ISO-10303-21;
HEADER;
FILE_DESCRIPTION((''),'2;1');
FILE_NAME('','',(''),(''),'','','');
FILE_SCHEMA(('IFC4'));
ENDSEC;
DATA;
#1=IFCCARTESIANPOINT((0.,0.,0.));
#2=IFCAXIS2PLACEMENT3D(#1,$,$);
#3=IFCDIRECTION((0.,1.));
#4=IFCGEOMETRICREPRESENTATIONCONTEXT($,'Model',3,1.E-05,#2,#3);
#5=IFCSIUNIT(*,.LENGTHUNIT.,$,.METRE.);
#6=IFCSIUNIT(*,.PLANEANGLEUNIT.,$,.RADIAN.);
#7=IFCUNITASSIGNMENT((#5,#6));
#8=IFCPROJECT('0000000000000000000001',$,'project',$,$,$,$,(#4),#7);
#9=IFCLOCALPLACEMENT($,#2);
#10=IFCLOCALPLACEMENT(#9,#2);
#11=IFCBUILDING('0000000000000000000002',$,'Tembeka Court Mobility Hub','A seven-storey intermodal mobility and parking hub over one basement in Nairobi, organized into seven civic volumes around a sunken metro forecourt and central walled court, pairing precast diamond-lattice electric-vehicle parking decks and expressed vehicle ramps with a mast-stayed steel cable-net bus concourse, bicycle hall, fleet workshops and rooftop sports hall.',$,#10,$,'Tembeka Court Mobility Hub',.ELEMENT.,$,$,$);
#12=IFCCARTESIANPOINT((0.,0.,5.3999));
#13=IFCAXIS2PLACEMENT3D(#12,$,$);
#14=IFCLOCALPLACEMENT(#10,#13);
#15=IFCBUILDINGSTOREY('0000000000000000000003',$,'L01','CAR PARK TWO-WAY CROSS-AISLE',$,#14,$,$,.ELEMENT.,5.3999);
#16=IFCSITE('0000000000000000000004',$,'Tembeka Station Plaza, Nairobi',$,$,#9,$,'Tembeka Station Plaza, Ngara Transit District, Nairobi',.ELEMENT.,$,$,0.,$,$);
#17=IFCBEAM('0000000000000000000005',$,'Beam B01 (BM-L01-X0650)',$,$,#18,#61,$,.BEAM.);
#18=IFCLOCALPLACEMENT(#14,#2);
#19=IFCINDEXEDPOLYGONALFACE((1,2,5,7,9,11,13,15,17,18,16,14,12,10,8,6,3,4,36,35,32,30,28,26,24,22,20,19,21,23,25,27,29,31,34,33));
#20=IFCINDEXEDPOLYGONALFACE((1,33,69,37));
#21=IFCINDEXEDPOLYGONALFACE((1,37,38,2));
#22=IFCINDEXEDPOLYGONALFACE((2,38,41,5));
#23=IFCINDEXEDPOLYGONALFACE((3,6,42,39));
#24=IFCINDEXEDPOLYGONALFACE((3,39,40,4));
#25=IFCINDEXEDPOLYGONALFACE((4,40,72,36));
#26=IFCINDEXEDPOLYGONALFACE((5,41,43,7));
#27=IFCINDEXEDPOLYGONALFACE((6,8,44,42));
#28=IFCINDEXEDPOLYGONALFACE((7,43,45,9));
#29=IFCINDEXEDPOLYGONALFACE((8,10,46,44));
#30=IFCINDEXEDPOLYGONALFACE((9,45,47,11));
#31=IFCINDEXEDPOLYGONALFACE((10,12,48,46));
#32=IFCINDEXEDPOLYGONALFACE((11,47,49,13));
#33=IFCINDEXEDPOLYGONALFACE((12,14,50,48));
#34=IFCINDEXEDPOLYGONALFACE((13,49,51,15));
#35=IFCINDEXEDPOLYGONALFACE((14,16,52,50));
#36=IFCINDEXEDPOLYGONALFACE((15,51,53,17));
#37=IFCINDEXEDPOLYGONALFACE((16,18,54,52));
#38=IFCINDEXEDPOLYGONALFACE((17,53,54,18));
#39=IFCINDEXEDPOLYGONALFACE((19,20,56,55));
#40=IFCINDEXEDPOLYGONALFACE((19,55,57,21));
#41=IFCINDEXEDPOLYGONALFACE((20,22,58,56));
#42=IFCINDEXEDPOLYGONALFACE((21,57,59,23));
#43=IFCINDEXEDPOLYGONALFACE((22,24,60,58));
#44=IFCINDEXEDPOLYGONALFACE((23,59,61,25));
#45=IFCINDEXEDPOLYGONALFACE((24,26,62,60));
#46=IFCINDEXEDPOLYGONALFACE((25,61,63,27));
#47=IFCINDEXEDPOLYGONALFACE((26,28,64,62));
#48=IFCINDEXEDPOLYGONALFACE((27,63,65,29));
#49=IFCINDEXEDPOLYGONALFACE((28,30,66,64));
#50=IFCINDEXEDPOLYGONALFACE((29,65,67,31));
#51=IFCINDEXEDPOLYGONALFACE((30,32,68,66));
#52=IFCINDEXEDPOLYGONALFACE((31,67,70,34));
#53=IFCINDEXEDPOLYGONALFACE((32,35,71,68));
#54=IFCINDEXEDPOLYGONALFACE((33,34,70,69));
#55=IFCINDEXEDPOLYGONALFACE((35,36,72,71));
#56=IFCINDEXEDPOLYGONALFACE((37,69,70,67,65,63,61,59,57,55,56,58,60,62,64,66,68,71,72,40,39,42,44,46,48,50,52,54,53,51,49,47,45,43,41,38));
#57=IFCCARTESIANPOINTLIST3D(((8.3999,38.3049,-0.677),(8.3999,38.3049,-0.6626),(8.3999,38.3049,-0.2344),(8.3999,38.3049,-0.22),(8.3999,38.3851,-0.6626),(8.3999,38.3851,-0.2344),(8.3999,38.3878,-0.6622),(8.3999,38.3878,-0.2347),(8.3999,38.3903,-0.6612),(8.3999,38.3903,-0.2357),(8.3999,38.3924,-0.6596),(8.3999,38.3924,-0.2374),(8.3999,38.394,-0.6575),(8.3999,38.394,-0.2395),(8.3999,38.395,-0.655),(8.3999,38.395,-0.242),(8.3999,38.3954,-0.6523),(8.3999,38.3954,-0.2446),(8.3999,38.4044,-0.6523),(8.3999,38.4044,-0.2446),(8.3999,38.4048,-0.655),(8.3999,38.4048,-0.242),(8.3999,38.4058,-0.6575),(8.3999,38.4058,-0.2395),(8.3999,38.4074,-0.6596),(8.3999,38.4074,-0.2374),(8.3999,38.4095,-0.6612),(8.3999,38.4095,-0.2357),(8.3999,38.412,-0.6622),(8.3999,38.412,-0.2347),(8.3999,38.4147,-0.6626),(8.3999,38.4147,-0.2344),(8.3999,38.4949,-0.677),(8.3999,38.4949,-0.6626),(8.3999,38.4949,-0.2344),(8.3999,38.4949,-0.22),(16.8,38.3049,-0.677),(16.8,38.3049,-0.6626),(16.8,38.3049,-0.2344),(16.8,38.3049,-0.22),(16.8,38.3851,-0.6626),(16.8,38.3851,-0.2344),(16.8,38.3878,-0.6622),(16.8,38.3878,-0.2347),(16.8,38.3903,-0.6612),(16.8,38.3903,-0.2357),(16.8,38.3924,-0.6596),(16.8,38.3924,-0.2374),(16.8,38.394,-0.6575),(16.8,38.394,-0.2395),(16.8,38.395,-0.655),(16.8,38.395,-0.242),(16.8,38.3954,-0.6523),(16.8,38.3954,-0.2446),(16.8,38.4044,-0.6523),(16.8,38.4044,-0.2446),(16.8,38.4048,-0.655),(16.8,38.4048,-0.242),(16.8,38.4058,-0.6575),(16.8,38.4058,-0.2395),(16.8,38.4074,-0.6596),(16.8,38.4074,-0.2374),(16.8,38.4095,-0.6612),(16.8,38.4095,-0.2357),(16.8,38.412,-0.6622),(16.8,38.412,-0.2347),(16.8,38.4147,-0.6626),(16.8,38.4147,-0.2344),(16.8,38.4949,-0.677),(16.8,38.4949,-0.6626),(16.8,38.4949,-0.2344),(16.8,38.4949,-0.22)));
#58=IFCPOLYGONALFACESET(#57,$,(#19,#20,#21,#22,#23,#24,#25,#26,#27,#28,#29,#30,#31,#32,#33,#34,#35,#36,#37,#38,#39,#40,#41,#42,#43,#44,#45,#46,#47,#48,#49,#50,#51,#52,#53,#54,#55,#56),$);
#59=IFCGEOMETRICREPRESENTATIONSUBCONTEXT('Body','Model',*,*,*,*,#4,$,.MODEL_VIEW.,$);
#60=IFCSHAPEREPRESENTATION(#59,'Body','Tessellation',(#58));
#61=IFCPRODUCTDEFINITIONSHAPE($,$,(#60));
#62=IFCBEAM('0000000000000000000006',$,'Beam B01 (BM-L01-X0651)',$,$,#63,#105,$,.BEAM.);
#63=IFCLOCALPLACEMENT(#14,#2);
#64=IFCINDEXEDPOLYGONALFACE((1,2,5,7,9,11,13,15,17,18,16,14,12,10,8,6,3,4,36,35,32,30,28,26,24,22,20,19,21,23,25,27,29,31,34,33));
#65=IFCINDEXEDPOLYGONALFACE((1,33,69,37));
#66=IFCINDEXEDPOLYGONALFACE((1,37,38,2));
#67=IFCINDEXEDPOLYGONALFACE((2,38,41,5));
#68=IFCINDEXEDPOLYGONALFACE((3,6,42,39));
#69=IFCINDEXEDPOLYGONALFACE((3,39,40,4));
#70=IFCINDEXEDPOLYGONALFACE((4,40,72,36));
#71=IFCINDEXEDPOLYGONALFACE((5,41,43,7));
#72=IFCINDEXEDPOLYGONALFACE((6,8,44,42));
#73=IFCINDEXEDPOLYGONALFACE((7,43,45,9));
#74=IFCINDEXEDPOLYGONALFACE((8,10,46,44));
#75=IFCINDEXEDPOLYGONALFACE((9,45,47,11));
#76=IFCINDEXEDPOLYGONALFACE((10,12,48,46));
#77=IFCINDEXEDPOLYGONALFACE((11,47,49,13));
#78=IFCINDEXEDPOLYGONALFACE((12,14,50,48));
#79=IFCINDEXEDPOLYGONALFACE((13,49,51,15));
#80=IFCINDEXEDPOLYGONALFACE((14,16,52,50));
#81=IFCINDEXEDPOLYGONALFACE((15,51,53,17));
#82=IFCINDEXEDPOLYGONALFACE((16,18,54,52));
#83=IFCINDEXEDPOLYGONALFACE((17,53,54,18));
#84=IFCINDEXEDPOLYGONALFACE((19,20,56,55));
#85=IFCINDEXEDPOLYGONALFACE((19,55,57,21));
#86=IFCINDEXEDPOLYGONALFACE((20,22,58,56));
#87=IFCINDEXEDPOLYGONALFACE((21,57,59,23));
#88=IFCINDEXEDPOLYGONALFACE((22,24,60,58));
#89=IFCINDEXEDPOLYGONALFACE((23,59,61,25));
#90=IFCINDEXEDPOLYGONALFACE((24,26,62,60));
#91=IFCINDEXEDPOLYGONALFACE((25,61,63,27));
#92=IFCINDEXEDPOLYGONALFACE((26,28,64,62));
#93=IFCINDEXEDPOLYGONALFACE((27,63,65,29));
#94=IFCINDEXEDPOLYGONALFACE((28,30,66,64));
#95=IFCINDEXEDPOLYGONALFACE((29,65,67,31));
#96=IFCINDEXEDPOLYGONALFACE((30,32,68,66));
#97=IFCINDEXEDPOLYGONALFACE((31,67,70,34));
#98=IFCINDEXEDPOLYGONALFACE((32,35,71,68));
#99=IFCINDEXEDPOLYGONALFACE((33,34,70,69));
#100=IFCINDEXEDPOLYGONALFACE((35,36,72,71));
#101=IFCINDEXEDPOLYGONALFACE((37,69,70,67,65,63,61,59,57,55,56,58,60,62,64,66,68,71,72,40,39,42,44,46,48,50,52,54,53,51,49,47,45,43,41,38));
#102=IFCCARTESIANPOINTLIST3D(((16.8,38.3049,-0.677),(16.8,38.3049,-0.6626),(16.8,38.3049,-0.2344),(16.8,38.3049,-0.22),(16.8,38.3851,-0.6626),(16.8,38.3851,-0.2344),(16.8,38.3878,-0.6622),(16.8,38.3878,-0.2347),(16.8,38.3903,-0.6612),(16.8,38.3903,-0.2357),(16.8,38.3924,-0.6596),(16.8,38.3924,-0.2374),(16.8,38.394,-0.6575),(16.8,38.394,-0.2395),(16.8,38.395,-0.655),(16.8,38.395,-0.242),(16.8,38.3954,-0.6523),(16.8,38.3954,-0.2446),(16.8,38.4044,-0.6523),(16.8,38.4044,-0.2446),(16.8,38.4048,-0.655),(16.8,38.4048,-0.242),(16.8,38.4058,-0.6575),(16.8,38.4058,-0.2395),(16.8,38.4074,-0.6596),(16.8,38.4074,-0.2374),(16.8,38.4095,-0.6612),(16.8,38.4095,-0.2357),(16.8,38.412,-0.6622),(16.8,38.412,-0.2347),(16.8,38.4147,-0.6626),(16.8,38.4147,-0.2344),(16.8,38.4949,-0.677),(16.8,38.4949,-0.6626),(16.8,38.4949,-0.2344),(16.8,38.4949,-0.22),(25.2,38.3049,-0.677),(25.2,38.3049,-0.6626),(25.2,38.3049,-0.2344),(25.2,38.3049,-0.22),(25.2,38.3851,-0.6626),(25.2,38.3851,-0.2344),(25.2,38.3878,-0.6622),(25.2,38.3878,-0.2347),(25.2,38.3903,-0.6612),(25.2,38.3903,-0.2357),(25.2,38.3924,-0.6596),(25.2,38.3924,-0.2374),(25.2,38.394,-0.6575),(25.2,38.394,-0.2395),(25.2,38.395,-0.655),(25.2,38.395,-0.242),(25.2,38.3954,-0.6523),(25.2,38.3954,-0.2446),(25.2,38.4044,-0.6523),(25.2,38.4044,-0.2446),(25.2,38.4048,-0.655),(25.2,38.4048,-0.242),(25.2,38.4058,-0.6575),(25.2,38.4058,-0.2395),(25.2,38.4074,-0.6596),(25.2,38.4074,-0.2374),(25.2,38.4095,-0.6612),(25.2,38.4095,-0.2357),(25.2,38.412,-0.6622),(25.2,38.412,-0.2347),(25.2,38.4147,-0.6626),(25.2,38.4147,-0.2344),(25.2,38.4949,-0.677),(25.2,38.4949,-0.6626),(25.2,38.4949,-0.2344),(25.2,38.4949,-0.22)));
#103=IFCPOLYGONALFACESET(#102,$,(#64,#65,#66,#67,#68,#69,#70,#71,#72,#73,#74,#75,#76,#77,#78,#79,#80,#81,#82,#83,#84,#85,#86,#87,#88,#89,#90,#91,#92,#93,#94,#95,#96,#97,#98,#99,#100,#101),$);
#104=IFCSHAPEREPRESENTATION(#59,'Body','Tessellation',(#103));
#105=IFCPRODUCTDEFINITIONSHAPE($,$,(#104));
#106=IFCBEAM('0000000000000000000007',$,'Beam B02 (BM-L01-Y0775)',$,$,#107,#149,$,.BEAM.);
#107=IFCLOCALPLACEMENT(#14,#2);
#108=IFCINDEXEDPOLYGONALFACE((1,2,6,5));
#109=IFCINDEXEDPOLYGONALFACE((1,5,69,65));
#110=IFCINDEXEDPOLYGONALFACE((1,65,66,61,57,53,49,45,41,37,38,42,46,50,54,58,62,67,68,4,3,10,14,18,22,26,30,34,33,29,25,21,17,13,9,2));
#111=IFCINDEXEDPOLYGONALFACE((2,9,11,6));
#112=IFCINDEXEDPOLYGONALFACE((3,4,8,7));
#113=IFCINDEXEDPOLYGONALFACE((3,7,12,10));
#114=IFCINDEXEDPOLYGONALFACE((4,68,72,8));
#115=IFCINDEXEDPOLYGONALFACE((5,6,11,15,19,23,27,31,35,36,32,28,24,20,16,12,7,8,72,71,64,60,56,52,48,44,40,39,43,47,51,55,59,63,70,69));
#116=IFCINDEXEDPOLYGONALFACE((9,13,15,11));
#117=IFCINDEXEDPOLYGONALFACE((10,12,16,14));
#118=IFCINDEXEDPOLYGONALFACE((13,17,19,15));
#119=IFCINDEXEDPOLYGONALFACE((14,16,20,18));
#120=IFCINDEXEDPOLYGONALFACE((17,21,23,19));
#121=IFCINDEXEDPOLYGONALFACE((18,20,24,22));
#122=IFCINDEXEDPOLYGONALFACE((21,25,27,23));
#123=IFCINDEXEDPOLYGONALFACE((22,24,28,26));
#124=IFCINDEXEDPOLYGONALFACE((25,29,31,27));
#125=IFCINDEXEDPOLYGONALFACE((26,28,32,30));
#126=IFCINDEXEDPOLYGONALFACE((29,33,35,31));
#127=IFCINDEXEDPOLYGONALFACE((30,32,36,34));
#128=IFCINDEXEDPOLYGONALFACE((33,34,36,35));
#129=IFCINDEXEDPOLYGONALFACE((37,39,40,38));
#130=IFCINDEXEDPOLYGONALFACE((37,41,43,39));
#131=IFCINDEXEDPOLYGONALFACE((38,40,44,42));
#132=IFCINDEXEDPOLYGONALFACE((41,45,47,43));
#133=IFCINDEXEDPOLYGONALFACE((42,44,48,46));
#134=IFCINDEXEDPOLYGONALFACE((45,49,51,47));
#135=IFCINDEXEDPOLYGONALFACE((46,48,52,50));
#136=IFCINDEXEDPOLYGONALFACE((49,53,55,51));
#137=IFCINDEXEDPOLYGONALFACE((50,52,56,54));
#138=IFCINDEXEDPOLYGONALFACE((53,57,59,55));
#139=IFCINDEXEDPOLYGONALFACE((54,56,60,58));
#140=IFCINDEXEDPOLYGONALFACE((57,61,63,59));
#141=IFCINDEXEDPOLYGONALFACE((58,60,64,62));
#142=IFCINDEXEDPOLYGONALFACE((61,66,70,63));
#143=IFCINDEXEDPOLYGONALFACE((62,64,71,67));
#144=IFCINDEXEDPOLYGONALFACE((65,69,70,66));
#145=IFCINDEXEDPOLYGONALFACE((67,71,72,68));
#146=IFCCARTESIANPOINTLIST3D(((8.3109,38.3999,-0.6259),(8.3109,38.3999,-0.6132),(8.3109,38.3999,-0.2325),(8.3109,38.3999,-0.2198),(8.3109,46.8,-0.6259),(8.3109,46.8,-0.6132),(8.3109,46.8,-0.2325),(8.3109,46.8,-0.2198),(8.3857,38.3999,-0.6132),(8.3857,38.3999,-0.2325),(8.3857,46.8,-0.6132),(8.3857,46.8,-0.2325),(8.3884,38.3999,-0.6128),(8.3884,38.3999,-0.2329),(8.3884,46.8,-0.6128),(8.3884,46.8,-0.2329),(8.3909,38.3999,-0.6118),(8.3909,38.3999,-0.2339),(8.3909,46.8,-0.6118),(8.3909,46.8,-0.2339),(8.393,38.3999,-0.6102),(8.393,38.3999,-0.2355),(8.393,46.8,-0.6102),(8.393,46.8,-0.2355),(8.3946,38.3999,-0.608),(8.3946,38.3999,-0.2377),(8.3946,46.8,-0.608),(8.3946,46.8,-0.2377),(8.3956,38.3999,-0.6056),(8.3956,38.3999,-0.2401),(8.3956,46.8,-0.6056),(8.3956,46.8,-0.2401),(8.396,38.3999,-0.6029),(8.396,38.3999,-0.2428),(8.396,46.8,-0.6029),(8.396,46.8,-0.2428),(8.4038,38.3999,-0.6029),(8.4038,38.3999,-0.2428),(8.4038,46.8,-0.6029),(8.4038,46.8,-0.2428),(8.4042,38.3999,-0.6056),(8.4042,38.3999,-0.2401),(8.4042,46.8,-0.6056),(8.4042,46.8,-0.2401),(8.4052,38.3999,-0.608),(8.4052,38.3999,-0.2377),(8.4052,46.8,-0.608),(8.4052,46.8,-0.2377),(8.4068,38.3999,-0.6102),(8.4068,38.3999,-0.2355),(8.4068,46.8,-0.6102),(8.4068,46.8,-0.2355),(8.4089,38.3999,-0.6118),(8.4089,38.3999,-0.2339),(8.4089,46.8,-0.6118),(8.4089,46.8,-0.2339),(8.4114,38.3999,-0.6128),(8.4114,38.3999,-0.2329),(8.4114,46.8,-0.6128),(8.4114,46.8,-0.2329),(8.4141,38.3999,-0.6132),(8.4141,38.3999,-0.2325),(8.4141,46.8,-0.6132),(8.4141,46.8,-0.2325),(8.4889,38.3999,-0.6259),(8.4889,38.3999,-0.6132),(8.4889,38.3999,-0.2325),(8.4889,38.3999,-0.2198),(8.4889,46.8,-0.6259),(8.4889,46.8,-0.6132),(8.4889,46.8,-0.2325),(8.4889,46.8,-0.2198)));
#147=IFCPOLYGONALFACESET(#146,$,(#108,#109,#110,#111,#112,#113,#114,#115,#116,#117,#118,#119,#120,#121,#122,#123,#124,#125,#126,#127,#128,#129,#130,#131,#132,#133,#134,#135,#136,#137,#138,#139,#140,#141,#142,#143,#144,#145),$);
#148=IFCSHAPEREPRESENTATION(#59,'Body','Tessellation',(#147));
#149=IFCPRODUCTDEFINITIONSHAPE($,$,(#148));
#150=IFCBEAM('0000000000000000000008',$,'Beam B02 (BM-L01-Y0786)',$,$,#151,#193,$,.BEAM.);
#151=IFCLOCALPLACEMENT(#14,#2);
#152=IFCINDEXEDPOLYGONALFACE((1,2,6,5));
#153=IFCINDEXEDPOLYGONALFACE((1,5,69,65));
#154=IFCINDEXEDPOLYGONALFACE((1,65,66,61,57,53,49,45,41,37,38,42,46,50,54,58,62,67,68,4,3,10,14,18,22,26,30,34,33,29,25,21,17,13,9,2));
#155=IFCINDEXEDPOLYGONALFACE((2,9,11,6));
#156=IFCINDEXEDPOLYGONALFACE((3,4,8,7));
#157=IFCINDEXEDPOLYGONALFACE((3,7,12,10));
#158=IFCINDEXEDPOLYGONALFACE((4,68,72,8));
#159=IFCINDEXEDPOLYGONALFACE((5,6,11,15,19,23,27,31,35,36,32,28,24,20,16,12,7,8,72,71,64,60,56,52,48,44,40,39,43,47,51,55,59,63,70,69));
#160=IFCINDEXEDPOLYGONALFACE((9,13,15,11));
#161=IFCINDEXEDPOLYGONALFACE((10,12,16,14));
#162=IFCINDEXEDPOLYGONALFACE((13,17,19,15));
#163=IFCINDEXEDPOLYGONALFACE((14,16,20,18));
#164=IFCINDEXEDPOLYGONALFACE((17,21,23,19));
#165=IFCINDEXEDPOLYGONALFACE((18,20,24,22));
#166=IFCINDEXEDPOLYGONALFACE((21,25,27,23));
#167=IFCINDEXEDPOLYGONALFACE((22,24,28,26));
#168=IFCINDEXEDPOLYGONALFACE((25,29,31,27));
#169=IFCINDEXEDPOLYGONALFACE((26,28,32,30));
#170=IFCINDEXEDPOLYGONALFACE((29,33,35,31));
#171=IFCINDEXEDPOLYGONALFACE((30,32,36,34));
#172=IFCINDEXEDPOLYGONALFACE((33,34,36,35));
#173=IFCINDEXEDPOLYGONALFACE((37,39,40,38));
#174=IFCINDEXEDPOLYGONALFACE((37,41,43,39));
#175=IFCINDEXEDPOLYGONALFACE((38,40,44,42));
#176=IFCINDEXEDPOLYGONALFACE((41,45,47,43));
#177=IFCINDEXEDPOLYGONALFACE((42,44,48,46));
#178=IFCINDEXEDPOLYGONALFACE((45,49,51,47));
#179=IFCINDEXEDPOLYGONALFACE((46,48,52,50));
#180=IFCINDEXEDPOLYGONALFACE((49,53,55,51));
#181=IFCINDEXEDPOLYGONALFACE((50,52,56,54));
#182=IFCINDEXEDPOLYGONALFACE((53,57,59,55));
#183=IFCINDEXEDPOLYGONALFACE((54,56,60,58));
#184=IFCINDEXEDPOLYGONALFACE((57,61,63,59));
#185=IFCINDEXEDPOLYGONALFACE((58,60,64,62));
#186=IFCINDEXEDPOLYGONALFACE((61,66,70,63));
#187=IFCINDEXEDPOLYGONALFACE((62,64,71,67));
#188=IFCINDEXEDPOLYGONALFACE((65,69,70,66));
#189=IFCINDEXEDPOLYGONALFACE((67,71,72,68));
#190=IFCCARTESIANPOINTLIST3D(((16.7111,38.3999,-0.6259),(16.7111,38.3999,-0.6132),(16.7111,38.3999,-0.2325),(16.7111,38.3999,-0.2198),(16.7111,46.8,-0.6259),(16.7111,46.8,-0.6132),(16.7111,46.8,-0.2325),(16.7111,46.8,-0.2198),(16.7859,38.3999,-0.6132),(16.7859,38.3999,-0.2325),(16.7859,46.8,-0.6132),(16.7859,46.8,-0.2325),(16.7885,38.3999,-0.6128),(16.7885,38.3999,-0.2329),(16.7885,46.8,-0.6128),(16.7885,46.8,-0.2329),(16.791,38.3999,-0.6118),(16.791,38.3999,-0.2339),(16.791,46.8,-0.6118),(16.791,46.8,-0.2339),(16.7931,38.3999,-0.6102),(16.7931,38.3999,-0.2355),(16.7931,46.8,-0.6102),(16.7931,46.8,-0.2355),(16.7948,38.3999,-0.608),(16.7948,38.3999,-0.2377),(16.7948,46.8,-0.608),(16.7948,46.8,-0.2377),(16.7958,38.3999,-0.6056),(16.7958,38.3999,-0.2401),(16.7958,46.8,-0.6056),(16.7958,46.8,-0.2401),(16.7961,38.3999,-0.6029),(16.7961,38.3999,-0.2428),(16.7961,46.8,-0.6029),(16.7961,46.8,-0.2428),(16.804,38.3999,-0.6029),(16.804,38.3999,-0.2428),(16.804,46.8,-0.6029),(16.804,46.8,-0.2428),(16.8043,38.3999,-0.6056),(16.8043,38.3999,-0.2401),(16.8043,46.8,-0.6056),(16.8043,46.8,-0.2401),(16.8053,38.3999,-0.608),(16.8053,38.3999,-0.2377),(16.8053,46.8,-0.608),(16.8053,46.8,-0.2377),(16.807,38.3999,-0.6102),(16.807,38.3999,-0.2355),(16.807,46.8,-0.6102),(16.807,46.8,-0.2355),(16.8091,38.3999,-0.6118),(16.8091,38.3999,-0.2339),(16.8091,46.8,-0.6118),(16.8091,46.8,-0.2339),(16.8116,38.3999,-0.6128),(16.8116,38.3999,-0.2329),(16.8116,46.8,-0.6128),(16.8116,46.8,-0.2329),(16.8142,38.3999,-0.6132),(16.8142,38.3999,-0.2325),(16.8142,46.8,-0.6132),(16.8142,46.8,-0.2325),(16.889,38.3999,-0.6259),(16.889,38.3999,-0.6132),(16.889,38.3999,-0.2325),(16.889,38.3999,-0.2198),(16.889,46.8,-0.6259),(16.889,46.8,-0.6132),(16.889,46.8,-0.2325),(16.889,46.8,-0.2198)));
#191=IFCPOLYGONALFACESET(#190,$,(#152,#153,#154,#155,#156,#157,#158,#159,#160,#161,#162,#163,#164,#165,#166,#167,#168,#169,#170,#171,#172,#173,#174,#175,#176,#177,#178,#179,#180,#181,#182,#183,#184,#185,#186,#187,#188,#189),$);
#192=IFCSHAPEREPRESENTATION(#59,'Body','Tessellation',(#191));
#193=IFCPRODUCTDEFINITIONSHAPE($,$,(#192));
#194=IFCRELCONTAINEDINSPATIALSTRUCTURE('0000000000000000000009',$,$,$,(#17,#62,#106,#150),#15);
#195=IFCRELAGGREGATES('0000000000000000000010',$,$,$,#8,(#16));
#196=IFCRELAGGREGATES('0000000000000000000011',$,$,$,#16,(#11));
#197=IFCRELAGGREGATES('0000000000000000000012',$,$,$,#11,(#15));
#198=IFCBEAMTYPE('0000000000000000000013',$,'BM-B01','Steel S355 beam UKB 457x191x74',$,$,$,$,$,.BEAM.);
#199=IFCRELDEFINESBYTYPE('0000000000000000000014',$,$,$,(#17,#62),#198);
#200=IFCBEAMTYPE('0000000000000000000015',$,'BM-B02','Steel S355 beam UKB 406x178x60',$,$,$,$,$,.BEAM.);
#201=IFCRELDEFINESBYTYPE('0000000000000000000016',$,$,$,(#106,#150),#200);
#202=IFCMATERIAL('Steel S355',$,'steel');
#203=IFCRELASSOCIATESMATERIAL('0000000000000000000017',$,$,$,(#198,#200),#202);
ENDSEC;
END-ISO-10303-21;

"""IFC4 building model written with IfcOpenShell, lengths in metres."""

from ifc_helpers import new_model, si_unit, direction, frame, origin, origin_2d, place, context, subcontext, project, spatial, i_section, extrude, material, material_profile, profile_set, type_object, element, save


model = new_model("IFC4")

# Units and contexts
model_context = context("Model", 3, precision=1e-05, world=origin(), true_north=direction((0.0, 1.0)))
body_context = subcontext(model_context, "Body", "Model", "MODEL_VIEW")
ifc_project = project(units=[si_unit("LENGTHUNIT", "METRE"), si_unit("PLANEANGLEUNIT", "RADIAN")], contexts=[model_context])

# Site, building, storey
site_placement = place(None, origin())
site = spatial("IfcSite", under=ifc_project, at=site_placement, Name="Tembeka Station Plaza, Nairobi", LongName="Tembeka Station Plaza, Ngara Transit District, Nairobi", CompositionType="ELEMENT", RefElevation=0.0)
building_placement = place(site_placement, origin())
building = spatial("IfcBuilding", under=site, at=building_placement, Name="Tembeka Court Mobility Hub", Description="A seven-storey intermodal mobility and parking hub over one basement in Nairobi, organized into seven civic volumes around a sunken metro forecourt and central walled court, pairing precast diamond-lattice electric-vehicle parking decks and expressed vehicle ramps with a mast-stayed steel cable-net bus concourse, bicycle hall, fleet workshops and rooftop sports hall.", LongName="Tembeka Court Mobility Hub", CompositionType="ELEMENT")
storey_placement = place(building_placement, frame((0.0, 0.0, 5.3999)))
storey = spatial("IfcBuildingStorey", under=building, at=storey_placement, Name="L01", Description="CAR PARK TWO-WAY CROSS-AISLE", CompositionType="ELEMENT", Elevation=5.3999)

# Shared definitions
ifc_material_1 = material(Name="Steel S355", Category="steel")

# Beams
ifc_material_profile_1 = material_profile(ifc_material_1, i_section(OverallWidth=0.1899, OverallDepth=0.457, WebThickness=0.009, FlangeThickness=0.0144, FilletRadius=0.0103, at=origin_2d()), Name="UKB 457x191x74")
ifc_profile_set_1 = profile_set([ifc_material_profile_1], Name="Steel S355")
beam_type_1 = type_object("IfcBeamType", Name="BM-B01", Description="Steel S355 beam UKB 457x191x74", PredefinedType="BEAM", material=ifc_profile_set_1)
beam_1_placement = place(storey_placement, frame((8.3999, 38.3999, -0.4485), z_axis=(1.0, 0.0, 0.0), x_axis=(0.0, 1.0, 0.0)))
element("IfcBeam", 1, at=beam_1_placement, inside=storey, type_object=beam_type_1, Name="Beam B01 (BM-L01-X0650)", PredefinedType="BEAM", context=body_context, shape_type="SweptSolid", body=[
    extrude(i_section(OverallWidth=0.1899, OverallDepth=0.457, WebThickness=0.009, FlangeThickness=0.0144, FilletRadius=0.0103, at=origin_2d()), origin(), (0.0, 0.0, 1.0), 8.4001),
])
beam_2_placement = place(storey_placement, frame((16.8, 38.3999, -0.4485), z_axis=(1.0, 0.0, 0.0), x_axis=(0.0, 1.0, 0.0)))
element("IfcBeam", 2, at=beam_2_placement, inside=storey, type_object=beam_type_1, Name="Beam B01 (BM-L01-X0651)", PredefinedType="BEAM", context=body_context, shape_type="SweptSolid", body=[
    extrude(i_section(OverallWidth=0.1899, OverallDepth=0.457, WebThickness=0.009, FlangeThickness=0.0144, FilletRadius=0.0103, at=origin_2d()), origin(), (0.0, 0.0, 1.0), 8.3999),
])
ifc_material_profile_2 = material_profile(ifc_material_1, i_section(OverallWidth=0.178, OverallDepth=0.406, WebThickness=0.0078, FlangeThickness=0.0127, FilletRadius=0.0103, at=origin_2d()), Name="UKB 406x178x60")
ifc_profile_set_2 = profile_set([ifc_material_profile_2], Name="Steel S355")
beam_type_2 = type_object("IfcBeamType", Name="BM-B02", Description="Steel S355 beam UKB 406x178x60", PredefinedType="BEAM", material=ifc_profile_set_2)
for number, where, z_axis, x_axis, name in (
    (3, (8.3999, 38.3999, -0.4229), (0.0, 1.0, 0.0), (-1.0, 0.0, 0.0), "Beam B02 (BM-L01-Y0775)"),
    (4, (16.8, 38.3999, -0.4229), (0.0, 1.0, 0.0), (-1.0, 0.0, 0.0), "Beam B02 (BM-L01-Y0786)"),
):
    element("IfcBeam", number, at=place(storey_placement, frame(where, z_axis=z_axis, x_axis=x_axis)), inside=storey, type_object=beam_type_2, Name=name, PredefinedType="BEAM", context=body_context, shape_type="SweptSolid", body=[
        extrude(i_section(OverallWidth=0.178, OverallDepth=0.406, WebThickness=0.0078, FlangeThickness=0.0127, FilletRadius=0.0103, at=origin_2d()), origin(), (0.0, 0.0, 1.0), 8.4001),
    ])

save(model, "model.ifc")
